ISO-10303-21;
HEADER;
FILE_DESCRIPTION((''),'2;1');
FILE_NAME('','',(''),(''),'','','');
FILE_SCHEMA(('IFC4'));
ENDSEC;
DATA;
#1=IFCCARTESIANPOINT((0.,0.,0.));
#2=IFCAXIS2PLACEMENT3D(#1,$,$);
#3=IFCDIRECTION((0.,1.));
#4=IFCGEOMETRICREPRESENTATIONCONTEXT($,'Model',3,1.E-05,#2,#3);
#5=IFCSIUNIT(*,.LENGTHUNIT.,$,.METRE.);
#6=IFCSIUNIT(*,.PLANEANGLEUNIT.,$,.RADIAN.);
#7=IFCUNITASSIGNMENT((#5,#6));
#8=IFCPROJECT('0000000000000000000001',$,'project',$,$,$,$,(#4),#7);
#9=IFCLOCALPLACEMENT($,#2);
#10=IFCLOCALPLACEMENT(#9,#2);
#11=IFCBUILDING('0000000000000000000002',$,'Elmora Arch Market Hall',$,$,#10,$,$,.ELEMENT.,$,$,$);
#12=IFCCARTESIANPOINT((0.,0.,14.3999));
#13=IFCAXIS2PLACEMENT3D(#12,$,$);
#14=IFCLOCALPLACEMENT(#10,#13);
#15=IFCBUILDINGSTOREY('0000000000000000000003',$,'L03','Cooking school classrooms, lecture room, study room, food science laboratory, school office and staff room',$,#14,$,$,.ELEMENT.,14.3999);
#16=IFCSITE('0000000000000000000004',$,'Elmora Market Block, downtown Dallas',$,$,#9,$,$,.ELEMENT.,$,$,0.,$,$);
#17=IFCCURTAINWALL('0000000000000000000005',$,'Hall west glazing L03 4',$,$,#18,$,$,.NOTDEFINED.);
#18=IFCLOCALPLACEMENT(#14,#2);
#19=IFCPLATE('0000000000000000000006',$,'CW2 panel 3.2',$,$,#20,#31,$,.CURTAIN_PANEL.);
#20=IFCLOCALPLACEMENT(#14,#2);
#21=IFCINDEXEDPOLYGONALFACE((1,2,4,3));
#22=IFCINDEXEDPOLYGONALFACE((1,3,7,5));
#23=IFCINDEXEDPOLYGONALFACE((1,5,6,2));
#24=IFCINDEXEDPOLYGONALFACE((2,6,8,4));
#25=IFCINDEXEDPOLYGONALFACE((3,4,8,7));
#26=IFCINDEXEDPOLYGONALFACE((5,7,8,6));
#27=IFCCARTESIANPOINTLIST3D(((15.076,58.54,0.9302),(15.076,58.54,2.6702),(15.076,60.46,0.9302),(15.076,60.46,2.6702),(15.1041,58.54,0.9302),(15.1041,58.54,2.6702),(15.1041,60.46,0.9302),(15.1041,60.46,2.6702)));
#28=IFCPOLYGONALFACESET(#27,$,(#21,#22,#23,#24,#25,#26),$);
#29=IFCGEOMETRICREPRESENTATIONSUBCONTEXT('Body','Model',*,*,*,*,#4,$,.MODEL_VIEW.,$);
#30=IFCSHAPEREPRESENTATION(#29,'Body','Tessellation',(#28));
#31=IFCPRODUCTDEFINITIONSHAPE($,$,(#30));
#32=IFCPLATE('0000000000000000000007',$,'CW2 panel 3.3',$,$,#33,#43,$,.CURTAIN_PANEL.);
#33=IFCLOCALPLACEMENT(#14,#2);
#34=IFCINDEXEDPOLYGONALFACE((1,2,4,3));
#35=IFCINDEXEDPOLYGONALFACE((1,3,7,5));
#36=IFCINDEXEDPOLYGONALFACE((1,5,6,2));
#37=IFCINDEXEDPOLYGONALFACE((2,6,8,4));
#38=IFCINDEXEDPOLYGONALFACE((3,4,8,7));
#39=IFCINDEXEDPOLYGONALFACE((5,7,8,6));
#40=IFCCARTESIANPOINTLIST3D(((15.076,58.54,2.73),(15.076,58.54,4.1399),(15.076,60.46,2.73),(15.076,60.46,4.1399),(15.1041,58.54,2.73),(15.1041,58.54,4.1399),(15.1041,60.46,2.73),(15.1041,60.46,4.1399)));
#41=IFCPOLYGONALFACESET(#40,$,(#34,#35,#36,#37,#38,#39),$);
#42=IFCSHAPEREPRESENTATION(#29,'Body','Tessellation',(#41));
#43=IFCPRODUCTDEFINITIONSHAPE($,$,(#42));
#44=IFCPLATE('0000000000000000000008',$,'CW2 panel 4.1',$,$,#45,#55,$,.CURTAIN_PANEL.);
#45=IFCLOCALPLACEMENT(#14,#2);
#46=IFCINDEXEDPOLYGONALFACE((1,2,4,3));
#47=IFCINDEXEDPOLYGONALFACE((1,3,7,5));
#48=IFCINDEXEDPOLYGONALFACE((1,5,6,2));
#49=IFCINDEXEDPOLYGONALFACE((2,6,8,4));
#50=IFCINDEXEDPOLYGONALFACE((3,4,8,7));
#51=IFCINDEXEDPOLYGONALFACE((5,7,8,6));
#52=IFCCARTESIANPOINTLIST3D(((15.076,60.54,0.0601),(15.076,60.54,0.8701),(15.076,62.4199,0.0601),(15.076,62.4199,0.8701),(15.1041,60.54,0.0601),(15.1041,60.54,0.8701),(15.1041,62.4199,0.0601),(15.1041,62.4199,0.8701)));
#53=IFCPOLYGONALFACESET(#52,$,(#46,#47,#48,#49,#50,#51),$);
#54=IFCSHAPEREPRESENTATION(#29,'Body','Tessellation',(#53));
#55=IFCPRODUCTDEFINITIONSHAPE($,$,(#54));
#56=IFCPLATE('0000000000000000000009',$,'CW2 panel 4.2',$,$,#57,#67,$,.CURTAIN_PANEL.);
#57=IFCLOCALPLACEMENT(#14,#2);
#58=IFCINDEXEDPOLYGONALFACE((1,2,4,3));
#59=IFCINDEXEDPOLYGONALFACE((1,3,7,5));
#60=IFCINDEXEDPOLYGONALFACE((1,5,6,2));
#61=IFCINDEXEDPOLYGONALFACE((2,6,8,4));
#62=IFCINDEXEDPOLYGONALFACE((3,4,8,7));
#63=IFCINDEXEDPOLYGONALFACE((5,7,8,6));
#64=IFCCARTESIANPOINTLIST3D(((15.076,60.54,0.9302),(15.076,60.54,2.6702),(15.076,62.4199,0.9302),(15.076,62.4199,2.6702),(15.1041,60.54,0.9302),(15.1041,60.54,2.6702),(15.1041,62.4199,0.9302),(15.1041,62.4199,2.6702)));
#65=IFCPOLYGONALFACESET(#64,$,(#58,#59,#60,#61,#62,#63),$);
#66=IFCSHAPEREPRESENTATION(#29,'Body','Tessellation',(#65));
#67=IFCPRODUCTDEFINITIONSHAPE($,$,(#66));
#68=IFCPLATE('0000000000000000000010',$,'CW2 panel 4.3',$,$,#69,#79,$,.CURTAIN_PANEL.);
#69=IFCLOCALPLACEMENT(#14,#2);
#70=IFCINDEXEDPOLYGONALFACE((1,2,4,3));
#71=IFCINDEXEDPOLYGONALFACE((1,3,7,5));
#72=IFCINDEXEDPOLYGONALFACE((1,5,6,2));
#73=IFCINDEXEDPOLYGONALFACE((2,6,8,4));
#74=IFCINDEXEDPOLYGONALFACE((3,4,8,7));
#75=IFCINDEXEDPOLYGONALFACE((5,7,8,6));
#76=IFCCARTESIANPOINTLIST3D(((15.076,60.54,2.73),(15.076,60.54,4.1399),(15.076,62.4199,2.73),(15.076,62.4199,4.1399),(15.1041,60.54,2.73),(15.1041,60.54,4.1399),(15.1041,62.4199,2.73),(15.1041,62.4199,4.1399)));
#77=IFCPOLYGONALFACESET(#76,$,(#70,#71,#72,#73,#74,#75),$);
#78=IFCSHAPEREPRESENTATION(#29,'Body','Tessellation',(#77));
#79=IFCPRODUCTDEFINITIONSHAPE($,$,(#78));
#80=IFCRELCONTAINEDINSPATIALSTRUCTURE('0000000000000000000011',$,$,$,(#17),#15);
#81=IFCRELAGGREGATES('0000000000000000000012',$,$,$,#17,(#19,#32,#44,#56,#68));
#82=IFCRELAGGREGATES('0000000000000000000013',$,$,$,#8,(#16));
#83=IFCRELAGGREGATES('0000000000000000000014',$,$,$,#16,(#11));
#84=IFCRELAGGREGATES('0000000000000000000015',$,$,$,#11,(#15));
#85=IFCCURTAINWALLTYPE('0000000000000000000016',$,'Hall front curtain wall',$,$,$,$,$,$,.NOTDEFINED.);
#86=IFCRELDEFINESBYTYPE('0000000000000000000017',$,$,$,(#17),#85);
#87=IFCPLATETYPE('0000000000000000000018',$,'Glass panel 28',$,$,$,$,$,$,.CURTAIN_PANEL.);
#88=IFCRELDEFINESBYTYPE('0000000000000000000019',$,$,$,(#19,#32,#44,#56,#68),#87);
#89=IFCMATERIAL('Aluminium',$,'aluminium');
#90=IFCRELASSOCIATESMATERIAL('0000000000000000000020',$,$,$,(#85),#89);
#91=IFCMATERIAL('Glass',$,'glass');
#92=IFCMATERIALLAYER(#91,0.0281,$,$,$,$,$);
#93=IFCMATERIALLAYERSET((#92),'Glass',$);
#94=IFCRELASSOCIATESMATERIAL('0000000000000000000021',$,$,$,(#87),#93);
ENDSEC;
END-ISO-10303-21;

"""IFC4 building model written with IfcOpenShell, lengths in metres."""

from ifc_helpers import new_model, si_unit, direction, frame, origin, origin_2d, place, context, subcontext, project, spatial, rectangle, extrude, material, layer, layer_set, type_object, element, aggregate, save


model = new_model("IFC4")

# Units and contexts
model_context = context("Model", 3, precision=1e-05, world=origin(), true_north=direction((0.0, 1.0)))
body_context = subcontext(model_context, "Body", "Model", "MODEL_VIEW")
ifc_project = project(units=[si_unit("LENGTHUNIT", "METRE"), si_unit("PLANEANGLEUNIT", "RADIAN")], contexts=[model_context])

# Site, building, storey
site_placement = place(None, origin())
site = spatial("IfcSite", under=ifc_project, at=site_placement, Name="Elmora Market Block, downtown Dallas", CompositionType="ELEMENT", RefElevation=0.0)
building_placement = place(site_placement, origin())
building = spatial("IfcBuilding", under=site, at=building_placement, Name="Elmora Arch Market Hall", CompositionType="ELEMENT")
storey_placement = place(building_placement, frame((0.0, 0.0, 14.3999)))
storey = spatial("IfcBuildingStorey", under=building, at=storey_placement, Name="L03", Description="Cooking school classrooms, lecture room, study room, food science laboratory, school office and staff room", CompositionType="ELEMENT", Elevation=14.3999)

# Curtain wall
ifc_material_1 = material(Name="Aluminium", Category="aluminium")
curtain_wall_type = type_object("IfcCurtainWallType", Name="Hall front curtain wall", PredefinedType="NOTDEFINED", material=ifc_material_1)
curtain_wall_1_placement = place(storey_placement, origin())
curtain_wall_1 = element("IfcCurtainWall", 1, at=curtain_wall_1_placement, inside=storey, type_object=curtain_wall_type, Name="Hall west glazing L03 4", PredefinedType="NOTDEFINED")

# Plates
ifc_material_2 = material(Name="Glass", Category="glass")
ifc_layer = layer(ifc_material_2, 0.0281)
ifc_layer_set = layer_set([ifc_layer], Name="Glass")
plate_type = type_object("IfcPlateType", Name="Glass panel 28", PredefinedType="CURTAIN_PANEL", material=ifc_layer_set)
plate_1_placement = place(storey_placement, frame((15.0901, 59.5, 0.9302), z_axis=(0.0, 0.0, 1.0), x_axis=(0.0, 1.0, 0.0)))
plate_1 = element("IfcPlate", 2, at=plate_1_placement, type_object=plate_type, Name="CW2 panel 3.2", PredefinedType="CURTAIN_PANEL", context=body_context, shape_type="SweptSolid", body=[
    extrude(rectangle(XDim=1.9199, YDim=0.0281, at=origin_2d()), origin(), (0.0, 0.0, 1.0), 1.74),
])
plate_2_placement = place(storey_placement, frame((15.0901, 59.5, 2.73), z_axis=(0.0, 0.0, 1.0), x_axis=(0.0, 1.0, 0.0)))
plate_2 = element("IfcPlate", 3, at=plate_2_placement, type_object=plate_type, Name="CW2 panel 3.3", PredefinedType="CURTAIN_PANEL", context=body_context, shape_type="SweptSolid", body=[
    extrude(rectangle(XDim=1.9199, YDim=0.0281, at=origin_2d()), origin(), (0.0, 0.0, 1.0), 1.4099),
])
plate_3_placement = place(storey_placement, frame((15.0901, 61.48, 0.0601), z_axis=(0.0, 0.0, 1.0), x_axis=(0.0, 1.0, 0.0)))
plate_3 = element("IfcPlate", 4, at=plate_3_placement, type_object=plate_type, Name="CW2 panel 4.1", PredefinedType="CURTAIN_PANEL", context=body_context, shape_type="SweptSolid", body=[
    extrude(rectangle(XDim=1.8799, YDim=0.0281, at=origin_2d()), origin(), (0.0, 0.0, 1.0), 0.8101),
])
plate_4_placement = place(storey_placement, frame((15.0901, 61.48, 0.9302), z_axis=(0.0, 0.0, 1.0), x_axis=(0.0, 1.0, 0.0)))
plate_4 = element("IfcPlate", 5, at=plate_4_placement, type_object=plate_type, Name="CW2 panel 4.2", PredefinedType="CURTAIN_PANEL", context=body_context, shape_type="SweptSolid", body=[
    extrude(rectangle(XDim=1.8799, YDim=0.0281, at=origin_2d()), origin(), (0.0, 0.0, 1.0), 1.74),
])
plate_5_placement = place(storey_placement, frame((15.0901, 61.48, 2.73), z_axis=(0.0, 0.0, 1.0), x_axis=(0.0, 1.0, 0.0)))
plate_5 = element("IfcPlate", 6, at=plate_5_placement, type_object=plate_type, Name="CW2 panel 4.3", PredefinedType="CURTAIN_PANEL", context=body_context, shape_type="SweptSolid", body=[
    extrude(rectangle(XDim=1.8799, YDim=0.0281, at=origin_2d()), origin(), (0.0, 0.0, 1.0), 1.4099),
])
aggregate(curtain_wall_1, [plate_1, plate_2, plate_3, plate_4, plate_5])

save(model, "model.ifc")
